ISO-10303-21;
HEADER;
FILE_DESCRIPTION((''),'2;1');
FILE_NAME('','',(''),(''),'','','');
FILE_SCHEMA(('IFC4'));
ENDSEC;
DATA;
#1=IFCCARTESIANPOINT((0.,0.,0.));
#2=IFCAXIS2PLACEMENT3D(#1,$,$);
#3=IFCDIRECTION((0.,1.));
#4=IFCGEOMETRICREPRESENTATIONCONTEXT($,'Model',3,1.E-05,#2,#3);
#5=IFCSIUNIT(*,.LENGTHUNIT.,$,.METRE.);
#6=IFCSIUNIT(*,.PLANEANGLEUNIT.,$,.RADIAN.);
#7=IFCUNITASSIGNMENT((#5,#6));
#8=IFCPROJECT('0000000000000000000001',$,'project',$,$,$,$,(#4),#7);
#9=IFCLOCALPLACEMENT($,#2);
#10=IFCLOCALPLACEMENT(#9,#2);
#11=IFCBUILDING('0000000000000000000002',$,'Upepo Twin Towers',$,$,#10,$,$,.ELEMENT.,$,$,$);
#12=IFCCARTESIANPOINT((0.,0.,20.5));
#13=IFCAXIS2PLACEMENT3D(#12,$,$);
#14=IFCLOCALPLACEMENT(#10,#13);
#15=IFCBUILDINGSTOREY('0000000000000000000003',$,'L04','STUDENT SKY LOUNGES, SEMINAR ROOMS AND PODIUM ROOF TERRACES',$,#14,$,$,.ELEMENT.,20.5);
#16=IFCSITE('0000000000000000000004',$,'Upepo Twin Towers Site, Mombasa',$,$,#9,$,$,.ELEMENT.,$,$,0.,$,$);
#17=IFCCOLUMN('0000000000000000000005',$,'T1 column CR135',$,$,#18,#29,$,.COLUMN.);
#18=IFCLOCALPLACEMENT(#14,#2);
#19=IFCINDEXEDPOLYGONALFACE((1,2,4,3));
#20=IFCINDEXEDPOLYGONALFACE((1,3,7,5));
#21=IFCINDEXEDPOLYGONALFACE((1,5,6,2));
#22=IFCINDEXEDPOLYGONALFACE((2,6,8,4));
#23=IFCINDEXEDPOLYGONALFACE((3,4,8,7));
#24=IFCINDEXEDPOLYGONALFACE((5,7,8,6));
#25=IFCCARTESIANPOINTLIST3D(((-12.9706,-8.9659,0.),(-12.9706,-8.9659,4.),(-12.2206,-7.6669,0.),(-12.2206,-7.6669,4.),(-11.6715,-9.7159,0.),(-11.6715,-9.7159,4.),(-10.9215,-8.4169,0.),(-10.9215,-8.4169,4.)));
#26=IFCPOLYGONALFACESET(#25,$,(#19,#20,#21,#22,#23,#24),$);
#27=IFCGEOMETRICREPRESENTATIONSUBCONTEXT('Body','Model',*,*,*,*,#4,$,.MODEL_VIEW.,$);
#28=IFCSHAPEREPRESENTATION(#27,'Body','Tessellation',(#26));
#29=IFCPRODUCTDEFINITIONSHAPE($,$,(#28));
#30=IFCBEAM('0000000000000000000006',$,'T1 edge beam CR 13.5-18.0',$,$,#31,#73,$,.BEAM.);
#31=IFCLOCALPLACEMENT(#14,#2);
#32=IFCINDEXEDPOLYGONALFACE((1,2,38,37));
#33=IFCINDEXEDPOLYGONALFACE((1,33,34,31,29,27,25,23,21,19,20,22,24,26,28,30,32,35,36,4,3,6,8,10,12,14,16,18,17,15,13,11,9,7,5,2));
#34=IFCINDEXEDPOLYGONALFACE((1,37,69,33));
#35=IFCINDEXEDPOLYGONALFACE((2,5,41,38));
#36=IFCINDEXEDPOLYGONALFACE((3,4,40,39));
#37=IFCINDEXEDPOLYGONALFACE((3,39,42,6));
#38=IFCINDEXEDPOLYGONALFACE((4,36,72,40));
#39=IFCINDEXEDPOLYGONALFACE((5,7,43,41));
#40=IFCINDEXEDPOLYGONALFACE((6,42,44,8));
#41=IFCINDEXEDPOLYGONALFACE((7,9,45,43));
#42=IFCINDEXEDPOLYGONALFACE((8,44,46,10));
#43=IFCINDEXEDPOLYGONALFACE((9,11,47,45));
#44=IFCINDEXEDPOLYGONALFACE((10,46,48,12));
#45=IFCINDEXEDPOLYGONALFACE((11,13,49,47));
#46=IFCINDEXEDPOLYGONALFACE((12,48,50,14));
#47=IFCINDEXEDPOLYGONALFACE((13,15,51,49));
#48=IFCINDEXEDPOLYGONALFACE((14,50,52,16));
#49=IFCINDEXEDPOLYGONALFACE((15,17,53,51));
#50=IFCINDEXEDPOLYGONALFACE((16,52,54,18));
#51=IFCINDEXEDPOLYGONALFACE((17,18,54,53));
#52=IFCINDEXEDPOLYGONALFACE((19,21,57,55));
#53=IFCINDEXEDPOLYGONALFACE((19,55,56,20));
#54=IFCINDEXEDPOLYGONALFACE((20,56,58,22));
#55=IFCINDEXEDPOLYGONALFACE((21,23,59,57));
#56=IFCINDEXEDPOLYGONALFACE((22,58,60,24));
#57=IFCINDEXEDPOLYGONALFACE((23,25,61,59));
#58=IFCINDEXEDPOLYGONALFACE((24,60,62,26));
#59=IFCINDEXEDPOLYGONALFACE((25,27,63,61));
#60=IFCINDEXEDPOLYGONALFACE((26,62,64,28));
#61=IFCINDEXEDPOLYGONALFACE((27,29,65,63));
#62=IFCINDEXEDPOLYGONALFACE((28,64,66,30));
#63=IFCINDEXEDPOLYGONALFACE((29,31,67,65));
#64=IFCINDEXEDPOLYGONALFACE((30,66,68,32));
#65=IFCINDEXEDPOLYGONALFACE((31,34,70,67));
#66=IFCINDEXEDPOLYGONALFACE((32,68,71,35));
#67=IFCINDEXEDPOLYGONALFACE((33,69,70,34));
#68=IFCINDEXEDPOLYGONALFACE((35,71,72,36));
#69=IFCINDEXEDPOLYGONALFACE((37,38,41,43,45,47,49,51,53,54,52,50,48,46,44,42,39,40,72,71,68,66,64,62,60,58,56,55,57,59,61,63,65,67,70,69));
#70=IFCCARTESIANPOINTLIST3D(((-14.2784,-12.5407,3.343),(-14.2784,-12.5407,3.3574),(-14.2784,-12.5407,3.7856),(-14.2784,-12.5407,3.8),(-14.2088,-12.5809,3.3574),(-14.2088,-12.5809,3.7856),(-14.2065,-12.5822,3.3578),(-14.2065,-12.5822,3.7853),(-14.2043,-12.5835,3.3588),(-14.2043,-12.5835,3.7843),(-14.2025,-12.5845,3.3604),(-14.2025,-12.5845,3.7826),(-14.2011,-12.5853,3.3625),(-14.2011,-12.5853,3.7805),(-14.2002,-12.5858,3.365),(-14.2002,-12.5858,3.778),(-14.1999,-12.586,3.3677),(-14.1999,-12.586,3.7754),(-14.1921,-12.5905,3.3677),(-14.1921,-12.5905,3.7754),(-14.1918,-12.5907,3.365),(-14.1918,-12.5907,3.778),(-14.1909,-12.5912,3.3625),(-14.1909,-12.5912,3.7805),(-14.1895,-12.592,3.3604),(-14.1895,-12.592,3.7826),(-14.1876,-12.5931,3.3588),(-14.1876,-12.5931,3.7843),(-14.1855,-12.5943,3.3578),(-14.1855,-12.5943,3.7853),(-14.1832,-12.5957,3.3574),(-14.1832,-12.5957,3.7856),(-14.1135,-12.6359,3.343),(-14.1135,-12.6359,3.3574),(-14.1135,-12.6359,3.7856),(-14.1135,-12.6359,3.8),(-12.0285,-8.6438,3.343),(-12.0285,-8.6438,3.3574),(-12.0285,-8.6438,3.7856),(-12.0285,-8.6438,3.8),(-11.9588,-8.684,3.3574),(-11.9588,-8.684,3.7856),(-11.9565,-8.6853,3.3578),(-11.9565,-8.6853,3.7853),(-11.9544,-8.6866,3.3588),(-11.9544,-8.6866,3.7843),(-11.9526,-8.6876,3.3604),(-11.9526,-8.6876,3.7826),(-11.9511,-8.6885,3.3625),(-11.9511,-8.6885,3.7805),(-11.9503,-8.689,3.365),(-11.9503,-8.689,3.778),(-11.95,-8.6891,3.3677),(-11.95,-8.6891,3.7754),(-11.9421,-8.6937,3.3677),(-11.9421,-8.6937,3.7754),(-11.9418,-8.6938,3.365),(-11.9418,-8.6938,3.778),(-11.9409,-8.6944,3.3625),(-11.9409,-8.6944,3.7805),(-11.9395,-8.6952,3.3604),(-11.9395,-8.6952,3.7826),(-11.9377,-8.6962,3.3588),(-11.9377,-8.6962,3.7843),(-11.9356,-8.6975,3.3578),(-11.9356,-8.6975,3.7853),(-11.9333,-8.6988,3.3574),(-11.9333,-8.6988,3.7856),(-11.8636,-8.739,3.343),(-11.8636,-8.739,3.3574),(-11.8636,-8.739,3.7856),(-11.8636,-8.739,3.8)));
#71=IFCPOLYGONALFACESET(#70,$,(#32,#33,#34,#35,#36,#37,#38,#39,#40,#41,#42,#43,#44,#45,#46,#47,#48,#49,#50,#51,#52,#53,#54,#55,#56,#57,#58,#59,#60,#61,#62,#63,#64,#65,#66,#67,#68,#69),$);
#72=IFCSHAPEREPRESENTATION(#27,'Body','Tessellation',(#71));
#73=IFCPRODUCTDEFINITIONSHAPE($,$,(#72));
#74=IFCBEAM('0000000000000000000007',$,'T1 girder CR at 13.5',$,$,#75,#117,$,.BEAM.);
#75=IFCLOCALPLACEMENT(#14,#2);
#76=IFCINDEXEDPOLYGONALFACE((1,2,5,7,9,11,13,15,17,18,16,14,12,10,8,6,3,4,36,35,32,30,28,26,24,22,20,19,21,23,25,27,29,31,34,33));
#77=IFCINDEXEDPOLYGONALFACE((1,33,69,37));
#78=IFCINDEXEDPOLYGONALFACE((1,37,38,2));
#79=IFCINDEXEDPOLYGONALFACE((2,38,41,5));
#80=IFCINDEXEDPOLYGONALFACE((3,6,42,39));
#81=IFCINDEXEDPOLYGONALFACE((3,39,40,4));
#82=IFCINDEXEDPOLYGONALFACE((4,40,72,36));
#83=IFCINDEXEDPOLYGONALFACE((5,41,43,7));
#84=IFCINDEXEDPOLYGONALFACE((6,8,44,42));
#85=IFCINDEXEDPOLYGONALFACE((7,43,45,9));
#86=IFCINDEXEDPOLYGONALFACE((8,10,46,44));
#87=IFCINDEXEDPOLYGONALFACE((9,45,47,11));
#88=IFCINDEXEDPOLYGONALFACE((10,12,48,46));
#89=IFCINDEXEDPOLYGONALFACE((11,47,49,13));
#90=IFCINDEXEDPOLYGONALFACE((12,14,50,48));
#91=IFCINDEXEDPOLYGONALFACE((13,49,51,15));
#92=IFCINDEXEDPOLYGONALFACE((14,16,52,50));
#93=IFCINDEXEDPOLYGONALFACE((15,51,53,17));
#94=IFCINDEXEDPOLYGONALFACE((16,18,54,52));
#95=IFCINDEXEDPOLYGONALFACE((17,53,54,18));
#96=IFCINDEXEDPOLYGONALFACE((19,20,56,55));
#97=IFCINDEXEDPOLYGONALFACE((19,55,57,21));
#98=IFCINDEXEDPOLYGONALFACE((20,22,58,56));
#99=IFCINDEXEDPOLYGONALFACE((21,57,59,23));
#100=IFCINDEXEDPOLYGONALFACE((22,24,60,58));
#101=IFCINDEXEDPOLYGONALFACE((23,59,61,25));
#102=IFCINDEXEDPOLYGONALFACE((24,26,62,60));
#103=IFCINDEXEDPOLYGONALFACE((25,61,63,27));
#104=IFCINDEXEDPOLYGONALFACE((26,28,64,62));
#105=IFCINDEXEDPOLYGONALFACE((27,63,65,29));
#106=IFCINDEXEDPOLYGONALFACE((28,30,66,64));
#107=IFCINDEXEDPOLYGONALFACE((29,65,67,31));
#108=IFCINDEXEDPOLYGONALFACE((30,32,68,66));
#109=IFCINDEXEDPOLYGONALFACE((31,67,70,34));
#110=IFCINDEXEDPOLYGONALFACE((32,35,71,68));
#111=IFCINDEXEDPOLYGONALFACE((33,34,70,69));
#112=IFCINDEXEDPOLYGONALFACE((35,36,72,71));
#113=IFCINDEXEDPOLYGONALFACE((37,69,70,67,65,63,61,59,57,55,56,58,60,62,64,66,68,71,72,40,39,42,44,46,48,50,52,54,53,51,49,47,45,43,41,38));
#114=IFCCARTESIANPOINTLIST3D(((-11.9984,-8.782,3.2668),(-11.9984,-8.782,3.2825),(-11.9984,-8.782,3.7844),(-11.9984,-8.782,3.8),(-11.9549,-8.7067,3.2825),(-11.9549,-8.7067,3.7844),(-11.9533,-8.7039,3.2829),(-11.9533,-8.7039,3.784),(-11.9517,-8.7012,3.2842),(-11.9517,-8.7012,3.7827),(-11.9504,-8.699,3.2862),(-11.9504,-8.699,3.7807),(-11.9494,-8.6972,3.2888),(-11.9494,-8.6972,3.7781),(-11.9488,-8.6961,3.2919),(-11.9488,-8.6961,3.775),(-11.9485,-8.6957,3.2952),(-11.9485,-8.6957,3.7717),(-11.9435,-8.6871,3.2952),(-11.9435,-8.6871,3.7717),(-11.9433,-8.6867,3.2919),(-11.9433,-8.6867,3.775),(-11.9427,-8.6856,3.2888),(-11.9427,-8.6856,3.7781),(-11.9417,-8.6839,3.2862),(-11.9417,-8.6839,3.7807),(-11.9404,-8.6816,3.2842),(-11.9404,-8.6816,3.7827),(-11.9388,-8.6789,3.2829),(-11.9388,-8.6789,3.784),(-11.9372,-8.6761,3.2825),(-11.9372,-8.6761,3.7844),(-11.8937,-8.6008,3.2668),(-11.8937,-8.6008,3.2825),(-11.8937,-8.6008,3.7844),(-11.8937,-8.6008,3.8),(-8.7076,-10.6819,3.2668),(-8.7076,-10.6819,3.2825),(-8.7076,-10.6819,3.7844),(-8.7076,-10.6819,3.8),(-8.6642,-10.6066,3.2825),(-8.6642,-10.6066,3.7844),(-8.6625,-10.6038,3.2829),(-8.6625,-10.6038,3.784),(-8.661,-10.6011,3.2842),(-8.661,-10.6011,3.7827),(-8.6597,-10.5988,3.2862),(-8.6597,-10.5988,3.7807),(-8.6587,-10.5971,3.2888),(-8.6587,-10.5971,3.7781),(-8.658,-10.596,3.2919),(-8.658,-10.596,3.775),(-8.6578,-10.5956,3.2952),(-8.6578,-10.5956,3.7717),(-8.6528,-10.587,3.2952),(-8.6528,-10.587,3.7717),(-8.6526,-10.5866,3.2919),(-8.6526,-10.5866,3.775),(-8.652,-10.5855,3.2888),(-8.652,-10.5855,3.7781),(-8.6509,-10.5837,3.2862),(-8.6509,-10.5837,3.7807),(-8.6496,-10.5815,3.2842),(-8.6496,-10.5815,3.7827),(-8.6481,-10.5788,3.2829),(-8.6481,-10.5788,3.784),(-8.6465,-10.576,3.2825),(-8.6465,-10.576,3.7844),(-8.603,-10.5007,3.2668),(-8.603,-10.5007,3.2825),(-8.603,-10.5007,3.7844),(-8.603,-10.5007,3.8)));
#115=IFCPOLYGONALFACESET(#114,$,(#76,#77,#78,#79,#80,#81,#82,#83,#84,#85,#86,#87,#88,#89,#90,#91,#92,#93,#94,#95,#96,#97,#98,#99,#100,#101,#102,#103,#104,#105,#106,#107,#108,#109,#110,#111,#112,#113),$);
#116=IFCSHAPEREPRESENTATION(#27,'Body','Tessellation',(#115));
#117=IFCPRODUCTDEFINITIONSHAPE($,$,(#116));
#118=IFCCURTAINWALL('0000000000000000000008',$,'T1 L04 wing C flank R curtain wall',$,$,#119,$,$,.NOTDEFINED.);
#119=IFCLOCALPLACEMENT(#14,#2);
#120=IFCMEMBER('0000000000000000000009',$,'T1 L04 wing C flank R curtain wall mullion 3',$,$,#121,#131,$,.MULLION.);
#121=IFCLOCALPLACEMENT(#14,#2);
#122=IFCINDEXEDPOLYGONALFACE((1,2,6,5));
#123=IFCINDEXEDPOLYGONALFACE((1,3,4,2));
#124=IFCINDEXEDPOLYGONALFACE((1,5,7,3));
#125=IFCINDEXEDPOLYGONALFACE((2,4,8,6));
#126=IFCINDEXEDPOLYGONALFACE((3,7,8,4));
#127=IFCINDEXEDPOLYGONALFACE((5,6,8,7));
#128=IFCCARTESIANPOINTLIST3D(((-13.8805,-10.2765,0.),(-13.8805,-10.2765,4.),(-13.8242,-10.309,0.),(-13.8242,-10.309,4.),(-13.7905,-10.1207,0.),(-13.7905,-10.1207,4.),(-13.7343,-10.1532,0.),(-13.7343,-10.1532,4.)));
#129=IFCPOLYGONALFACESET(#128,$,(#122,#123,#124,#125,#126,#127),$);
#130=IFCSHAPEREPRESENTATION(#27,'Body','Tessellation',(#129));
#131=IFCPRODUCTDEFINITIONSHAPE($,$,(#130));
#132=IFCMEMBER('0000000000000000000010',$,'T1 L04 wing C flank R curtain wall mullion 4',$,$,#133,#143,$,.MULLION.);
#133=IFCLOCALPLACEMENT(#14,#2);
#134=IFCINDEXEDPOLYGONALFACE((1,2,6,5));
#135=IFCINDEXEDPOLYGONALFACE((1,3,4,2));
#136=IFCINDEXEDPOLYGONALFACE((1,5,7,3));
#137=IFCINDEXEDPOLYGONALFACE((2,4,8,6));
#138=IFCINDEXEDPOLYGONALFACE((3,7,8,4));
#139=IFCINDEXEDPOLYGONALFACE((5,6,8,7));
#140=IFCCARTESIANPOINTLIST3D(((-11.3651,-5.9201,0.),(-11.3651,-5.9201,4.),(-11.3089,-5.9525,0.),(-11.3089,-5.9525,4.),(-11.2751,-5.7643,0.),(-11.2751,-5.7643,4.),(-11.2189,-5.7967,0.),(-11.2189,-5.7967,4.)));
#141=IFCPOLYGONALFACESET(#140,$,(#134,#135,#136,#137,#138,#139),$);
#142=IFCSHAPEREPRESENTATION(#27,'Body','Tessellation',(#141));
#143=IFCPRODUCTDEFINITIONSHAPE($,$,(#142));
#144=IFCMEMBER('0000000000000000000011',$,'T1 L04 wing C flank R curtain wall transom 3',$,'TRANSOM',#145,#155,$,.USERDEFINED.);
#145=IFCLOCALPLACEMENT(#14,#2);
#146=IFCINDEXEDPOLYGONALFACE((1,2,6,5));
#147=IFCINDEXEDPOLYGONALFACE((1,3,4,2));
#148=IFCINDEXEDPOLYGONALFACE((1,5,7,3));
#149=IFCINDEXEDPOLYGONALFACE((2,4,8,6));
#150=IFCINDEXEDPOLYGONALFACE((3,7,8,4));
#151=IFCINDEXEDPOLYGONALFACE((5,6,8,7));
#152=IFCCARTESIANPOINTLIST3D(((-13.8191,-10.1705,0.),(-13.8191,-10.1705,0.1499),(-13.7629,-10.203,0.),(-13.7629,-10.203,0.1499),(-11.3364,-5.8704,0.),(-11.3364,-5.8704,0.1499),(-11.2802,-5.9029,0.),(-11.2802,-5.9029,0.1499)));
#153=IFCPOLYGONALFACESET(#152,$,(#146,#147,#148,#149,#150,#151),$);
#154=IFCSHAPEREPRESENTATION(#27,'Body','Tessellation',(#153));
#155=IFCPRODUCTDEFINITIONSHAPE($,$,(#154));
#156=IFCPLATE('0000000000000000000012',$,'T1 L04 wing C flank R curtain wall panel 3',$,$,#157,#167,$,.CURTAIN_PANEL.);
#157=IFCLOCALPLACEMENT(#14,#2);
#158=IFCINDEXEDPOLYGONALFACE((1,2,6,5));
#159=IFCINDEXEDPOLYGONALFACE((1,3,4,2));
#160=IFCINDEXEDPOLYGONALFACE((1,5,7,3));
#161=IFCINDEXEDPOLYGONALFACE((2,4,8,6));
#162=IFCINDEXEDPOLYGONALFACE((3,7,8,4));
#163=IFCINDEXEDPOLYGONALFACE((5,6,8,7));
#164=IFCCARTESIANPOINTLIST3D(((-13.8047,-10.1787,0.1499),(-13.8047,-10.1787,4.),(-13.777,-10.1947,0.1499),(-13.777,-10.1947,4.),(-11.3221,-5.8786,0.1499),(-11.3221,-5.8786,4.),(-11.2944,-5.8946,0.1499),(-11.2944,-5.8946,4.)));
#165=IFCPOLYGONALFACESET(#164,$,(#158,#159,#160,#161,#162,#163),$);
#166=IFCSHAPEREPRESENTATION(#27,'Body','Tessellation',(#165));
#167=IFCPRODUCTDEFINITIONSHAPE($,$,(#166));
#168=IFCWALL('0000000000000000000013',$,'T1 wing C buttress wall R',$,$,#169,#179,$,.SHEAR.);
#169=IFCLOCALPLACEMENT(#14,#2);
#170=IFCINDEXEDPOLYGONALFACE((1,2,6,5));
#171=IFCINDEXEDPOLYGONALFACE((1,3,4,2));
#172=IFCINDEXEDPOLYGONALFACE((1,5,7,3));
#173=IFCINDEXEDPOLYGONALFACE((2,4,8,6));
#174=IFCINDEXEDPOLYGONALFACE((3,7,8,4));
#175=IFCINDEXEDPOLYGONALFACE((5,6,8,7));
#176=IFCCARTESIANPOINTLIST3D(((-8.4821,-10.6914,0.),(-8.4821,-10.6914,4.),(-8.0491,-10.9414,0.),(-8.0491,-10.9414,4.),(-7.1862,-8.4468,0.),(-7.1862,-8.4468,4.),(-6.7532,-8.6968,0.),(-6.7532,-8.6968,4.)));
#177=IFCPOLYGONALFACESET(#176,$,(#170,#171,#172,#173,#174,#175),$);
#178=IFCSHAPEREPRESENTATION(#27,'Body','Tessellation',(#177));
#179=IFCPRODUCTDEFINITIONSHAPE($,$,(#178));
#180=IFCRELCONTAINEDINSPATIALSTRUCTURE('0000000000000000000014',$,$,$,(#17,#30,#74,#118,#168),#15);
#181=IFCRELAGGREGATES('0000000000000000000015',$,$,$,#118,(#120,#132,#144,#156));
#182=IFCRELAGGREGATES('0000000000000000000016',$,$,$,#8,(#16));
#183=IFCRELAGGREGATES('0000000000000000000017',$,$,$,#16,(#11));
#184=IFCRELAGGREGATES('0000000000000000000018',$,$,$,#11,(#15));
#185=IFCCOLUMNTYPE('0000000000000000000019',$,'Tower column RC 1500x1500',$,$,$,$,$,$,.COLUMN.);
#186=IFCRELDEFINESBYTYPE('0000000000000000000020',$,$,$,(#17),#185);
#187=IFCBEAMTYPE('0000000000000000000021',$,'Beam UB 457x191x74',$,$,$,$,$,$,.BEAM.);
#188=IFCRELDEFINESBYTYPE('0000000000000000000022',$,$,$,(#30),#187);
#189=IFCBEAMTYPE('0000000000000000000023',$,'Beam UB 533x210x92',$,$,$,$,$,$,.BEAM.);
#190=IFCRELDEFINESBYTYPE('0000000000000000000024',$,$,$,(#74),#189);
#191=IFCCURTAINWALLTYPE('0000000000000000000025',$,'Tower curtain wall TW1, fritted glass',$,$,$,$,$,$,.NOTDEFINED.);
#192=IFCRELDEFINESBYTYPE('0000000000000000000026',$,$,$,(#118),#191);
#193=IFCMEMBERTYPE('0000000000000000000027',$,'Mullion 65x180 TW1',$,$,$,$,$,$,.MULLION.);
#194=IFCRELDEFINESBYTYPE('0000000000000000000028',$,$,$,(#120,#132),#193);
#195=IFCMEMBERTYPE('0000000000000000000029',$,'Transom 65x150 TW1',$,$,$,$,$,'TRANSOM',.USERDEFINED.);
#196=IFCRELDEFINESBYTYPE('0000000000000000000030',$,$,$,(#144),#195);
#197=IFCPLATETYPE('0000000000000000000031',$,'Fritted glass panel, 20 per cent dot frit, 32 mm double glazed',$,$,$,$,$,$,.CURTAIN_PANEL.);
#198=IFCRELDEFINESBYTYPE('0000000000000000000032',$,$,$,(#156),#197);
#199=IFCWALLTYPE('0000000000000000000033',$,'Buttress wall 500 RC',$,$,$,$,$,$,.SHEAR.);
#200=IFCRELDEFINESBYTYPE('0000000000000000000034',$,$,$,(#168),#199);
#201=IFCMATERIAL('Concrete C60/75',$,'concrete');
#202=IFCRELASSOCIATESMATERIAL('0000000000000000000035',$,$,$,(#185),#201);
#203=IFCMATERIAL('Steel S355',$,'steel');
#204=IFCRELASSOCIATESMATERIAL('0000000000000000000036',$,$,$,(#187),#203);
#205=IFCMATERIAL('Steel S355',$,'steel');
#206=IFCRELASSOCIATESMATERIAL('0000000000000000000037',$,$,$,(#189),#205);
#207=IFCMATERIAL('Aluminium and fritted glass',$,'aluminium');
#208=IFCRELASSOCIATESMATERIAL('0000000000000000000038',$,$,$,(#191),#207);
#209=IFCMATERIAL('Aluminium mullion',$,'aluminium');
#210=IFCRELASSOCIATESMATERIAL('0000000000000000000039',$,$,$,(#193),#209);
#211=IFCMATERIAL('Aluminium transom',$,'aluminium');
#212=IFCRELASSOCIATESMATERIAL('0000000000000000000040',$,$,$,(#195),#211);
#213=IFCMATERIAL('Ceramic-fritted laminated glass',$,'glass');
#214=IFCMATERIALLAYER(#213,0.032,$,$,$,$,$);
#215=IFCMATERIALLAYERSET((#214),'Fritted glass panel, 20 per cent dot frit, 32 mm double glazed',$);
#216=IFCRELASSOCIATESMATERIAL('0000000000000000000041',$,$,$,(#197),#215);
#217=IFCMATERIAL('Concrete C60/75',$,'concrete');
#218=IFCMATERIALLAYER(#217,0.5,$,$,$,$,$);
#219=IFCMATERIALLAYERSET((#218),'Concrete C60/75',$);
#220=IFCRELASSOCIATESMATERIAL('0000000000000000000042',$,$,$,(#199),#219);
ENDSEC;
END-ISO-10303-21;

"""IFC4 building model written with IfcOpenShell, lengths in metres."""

from ifc_helpers import new_model, si_unit, direction, frame, frame_2d, origin, origin_2d, place, context, subcontext, project, spatial, rectangle, i_section, extrude, material, layer, layer_set, material_profile, profile_set, type_object, element, aggregate, save


model = new_model("IFC4")

# Units and contexts
model_context = context("Model", 3, precision=1e-05, world=origin(), true_north=direction((0.0, 1.0)))
body_context = subcontext(model_context, "Body", "Model", "MODEL_VIEW")
ifc_project = project(units=[si_unit("LENGTHUNIT", "METRE"), si_unit("PLANEANGLEUNIT", "RADIAN")], contexts=[model_context])

# Site, building, storey
site_placement = place(None, origin())
site = spatial("IfcSite", under=ifc_project, at=site_placement, Name="Upepo Twin Towers Site, Mombasa", CompositionType="ELEMENT", RefElevation=0.0)
building_placement = place(site_placement, origin())
building = spatial("IfcBuilding", under=site, at=building_placement, Name="Upepo Twin Towers", CompositionType="ELEMENT")
storey_placement = place(building_placement, frame((0.0, 0.0, 20.5)))
storey = spatial("IfcBuildingStorey", under=building, at=storey_placement, Name="L04", Description="STUDENT SKY LOUNGES, SEMINAR ROOMS AND PODIUM ROOF TERRACES", CompositionType="ELEMENT", Elevation=20.5)

# Column
ifc_material_1 = material(Name="Concrete C60/75", Category="concrete")
ifc_material_profile_1 = material_profile(ifc_material_1, rectangle(XDim=1.5, YDim=1.5, at=origin_2d()), Name="RC 1500x1500")
ifc_profile_set_1 = profile_set([ifc_material_profile_1], Name="Concrete C60/75")
column_type = type_object("IfcColumnType", Name="Tower column RC 1500x1500", PredefinedType="COLUMN", material=ifc_profile_set_1)
column_placement = place(storey_placement, frame((-11.946, -8.6914, 0.0), z_axis=(0.0, 0.0, 1.0), x_axis=(0.5, 0.866025, 0.0)))
element("IfcColumn", 1, at=column_placement, inside=storey, type_object=column_type, Name="T1 column CR135", PredefinedType="COLUMN", context=body_context, shape_type="SweptSolid", body=[
    extrude(rectangle(XDim=1.5, YDim=1.5, at=origin_2d()), origin(), (0.0, 0.0, 1.0), 4.0),
])

# Beams
ifc_material_2 = material(Name="Steel S355", Category="steel")
ifc_material_profile_2 = material_profile(ifc_material_2, i_section(OverallWidth=0.1904, OverallDepth=0.457, WebThickness=0.009, FlangeThickness=0.0144, FilletRadius=0.0103, at=origin_2d()), Name="UB 457x191x74")
ifc_profile_set_2 = profile_set([ifc_material_profile_2], Name="Steel S355")
beam_type_1 = type_object("IfcBeamType", Name="Beam UB 457x191x74", PredefinedType="BEAM", material=ifc_profile_set_2)
beam_1_placement = place(storey_placement, frame((-11.946, -8.6914, 3.5715), z_axis=(-0.500014, -0.866018, 0.0), x_axis=(0.866018, -0.500014, 0.0)))
element("IfcBeam", 2, at=beam_1_placement, inside=storey, type_object=beam_type_1, Name="T1 edge beam CR 13.5-18.0", PredefinedType="BEAM", context=body_context, shape_type="SweptSolid", body=[
    extrude(i_section(OverallWidth=0.1904, OverallDepth=0.457, WebThickness=0.009, FlangeThickness=0.0144, FilletRadius=0.0103, at=origin_2d()), origin(), (0.0, 0.0, 1.0), 4.4998),
])
ifc_material_3 = material(Name="Steel S355", Category="steel")
ifc_material_profile_3 = material_profile(ifc_material_3, i_section(OverallWidth=0.2092, OverallDepth=0.5332, WebThickness=0.01, FlangeThickness=0.0156, FilletRadius=0.0127, at=origin_2d()), Name="UB 533x210x92")
ifc_profile_set_3 = profile_set([ifc_material_profile_3], Name="Steel S355")
beam_type_2 = type_object("IfcBeamType", Name="Beam UB 533x210x92", PredefinedType="BEAM", material=ifc_profile_set_3)
beam_2_placement = place(storey_placement, frame((-11.946, -8.6914, 3.5334), z_axis=(0.866028, -0.499995, 0.0), x_axis=(0.499995, 0.866028, 0.0)))
element("IfcBeam", 3, at=beam_2_placement, inside=storey, type_object=beam_type_2, Name="T1 girder CR at 13.5", PredefinedType="BEAM", context=body_context, shape_type="SweptSolid", body=[
    extrude(i_section(OverallWidth=0.2092, OverallDepth=0.5332, WebThickness=0.01, FlangeThickness=0.0156, FilletRadius=0.0127, at=origin_2d()), origin(), (0.0, 0.0, 1.0), 3.7998),
])

# Curtain wall, members, plate
ifc_material_4 = material(Name="Aluminium and fritted glass", Category="aluminium")
curtain_wall_type = type_object("IfcCurtainWallType", Name="Tower curtain wall TW1, fritted glass", PredefinedType="NOTDEFINED", material=ifc_material_4)
curtain_wall_placement = place(storey_placement, origin())
curtain_wall = element("IfcCurtainWall", 4, at=curtain_wall_placement, inside=storey, type_object=curtain_wall_type, Name="T1 L04 wing C flank R curtain wall", PredefinedType="NOTDEFINED")
ifc_material_5 = material(Name="Aluminium mullion", Category="aluminium")
ifc_material_profile_4 = material_profile(ifc_material_5, rectangle(XDim=0.0649, YDim=0.1799, at=origin_2d()), Name="MULLION 65x180")
ifc_profile_set_4 = profile_set([ifc_material_profile_4], Name="Aluminium mullion")
member_type_1 = type_object("IfcMemberType", Name="Mullion 65x180 TW1", PredefinedType="MULLION", material=ifc_profile_set_4)
member_1_placement = place(storey_placement, frame((-13.8074, -10.2148, 0.0), z_axis=(0.0, 0.0, 1.0), x_axis=(-0.866025, 0.5, 0.0)))
member_1 = element("IfcMember", 5, at=member_1_placement, type_object=member_type_1, Name="T1 L04 wing C flank R curtain wall mullion 3", PredefinedType="MULLION", context=body_context, shape_type="SweptSolid", body=[
    extrude(rectangle(XDim=0.0649, YDim=0.1799, at=origin_2d()), origin(), (0.0, 0.0, 1.0), 4.0),
])
member_2_placement = place(storey_placement, frame((-11.292, -5.8584, 0.0), z_axis=(0.0, 0.0, 1.0), x_axis=(-0.866025, 0.5, 0.0)))
member_2 = element("IfcMember", 6, at=member_2_placement, type_object=member_type_1, Name="T1 L04 wing C flank R curtain wall mullion 4", PredefinedType="MULLION", context=body_context, shape_type="SweptSolid", body=[
    extrude(rectangle(XDim=0.0649, YDim=0.1799, at=origin_2d()), origin(), (0.0, 0.0, 1.0), 4.0),
])
ifc_material_6 = material(Name="Aluminium transom", Category="aluminium")
ifc_material_profile_5 = material_profile(ifc_material_6, rectangle(XDim=0.0649, YDim=0.1499, at=origin_2d()), Name="TRANSOM 65x150")
ifc_profile_set_5 = profile_set([ifc_material_profile_5], Name="Aluminium transom")
member_type_2 = type_object("IfcMemberType", Name="Transom 65x150 TW1", ElementType="TRANSOM", PredefinedType="USERDEFINED", material=ifc_profile_set_5)
member_3_placement = place(storey_placement, frame((-13.791, -10.1868, 0.075), z_axis=(0.500005, 0.866023, 0.0), x_axis=(-0.866023, 0.500005, 0.0)))
member_3 = element("IfcMember", 7, at=member_3_placement, type_object=member_type_2, Name="T1 L04 wing C flank R curtain wall transom 3", ObjectType="TRANSOM", PredefinedType="USERDEFINED", context=body_context, shape_type="SweptSolid", body=[
    extrude(rectangle(XDim=0.0649, YDim=0.1499, at=origin_2d()), origin(), (0.0, 0.0, 1.0), 4.9653),
])
ifc_material_7 = material(Name="Ceramic-fritted laminated glass", Category="glass")
ifc_layer_1 = layer(ifc_material_7, 0.032)
ifc_layer_set_1 = layer_set([ifc_layer_1], Name="Fritted glass panel, 20 per cent dot frit, 32 mm double glazed")
plate_type = type_object("IfcPlateType", Name="Fritted glass panel, 20 per cent dot frit, 32 mm double glazed", PredefinedType="CURTAIN_PANEL", material=ifc_layer_set_1)
plate_placement = place(storey_placement, frame((-12.5496, -8.0366, 0.1499), z_axis=(0.0, 0.0, 1.0), x_axis=(0.5, 0.866025, 0.0)))
plate = element("IfcPlate", 8, at=plate_placement, type_object=plate_type, Name="T1 L04 wing C flank R curtain wall panel 3", PredefinedType="CURTAIN_PANEL", context=body_context, shape_type="SweptSolid", body=[
    extrude(rectangle(XDim=4.9653, YDim=0.032, at=origin_2d()), origin(), (0.0, 0.0, 1.0), 3.8501),
])
aggregate(curtain_wall, [member_1, member_2, member_3, plate])

# Wall
ifc_material_8 = material(Name="Concrete C60/75", Category="concrete")
ifc_layer_2 = layer(ifc_material_8, 0.5)
ifc_layer_set_2 = layer_set([ifc_layer_2], Name="Concrete C60/75")
wall_type_1 = type_object("IfcWallType", Name="Buttress wall 500 RC", PredefinedType="SHEAR", material=ifc_layer_set_2)
wall_1_placement = place(storey_placement, frame((-6.9697, -8.5718, 0.0), z_axis=(0.0, 0.0, 1.0), x_axis=(-0.499989, -0.866032, 0.0)))
element("IfcWall", 9, at=wall_1_placement, inside=storey, type_object=wall_type_1, Name="T1 wing C buttress wall R", PredefinedType="SHEAR", context=body_context, shape_type="SweptSolid", body=[
    extrude(rectangle(XDim=2.5918, YDim=0.5, at=frame_2d((1.2959, 0.0))), origin(), (0.0, 0.0, 1.0), 4.0),
])

save(model, "model.ifc")
